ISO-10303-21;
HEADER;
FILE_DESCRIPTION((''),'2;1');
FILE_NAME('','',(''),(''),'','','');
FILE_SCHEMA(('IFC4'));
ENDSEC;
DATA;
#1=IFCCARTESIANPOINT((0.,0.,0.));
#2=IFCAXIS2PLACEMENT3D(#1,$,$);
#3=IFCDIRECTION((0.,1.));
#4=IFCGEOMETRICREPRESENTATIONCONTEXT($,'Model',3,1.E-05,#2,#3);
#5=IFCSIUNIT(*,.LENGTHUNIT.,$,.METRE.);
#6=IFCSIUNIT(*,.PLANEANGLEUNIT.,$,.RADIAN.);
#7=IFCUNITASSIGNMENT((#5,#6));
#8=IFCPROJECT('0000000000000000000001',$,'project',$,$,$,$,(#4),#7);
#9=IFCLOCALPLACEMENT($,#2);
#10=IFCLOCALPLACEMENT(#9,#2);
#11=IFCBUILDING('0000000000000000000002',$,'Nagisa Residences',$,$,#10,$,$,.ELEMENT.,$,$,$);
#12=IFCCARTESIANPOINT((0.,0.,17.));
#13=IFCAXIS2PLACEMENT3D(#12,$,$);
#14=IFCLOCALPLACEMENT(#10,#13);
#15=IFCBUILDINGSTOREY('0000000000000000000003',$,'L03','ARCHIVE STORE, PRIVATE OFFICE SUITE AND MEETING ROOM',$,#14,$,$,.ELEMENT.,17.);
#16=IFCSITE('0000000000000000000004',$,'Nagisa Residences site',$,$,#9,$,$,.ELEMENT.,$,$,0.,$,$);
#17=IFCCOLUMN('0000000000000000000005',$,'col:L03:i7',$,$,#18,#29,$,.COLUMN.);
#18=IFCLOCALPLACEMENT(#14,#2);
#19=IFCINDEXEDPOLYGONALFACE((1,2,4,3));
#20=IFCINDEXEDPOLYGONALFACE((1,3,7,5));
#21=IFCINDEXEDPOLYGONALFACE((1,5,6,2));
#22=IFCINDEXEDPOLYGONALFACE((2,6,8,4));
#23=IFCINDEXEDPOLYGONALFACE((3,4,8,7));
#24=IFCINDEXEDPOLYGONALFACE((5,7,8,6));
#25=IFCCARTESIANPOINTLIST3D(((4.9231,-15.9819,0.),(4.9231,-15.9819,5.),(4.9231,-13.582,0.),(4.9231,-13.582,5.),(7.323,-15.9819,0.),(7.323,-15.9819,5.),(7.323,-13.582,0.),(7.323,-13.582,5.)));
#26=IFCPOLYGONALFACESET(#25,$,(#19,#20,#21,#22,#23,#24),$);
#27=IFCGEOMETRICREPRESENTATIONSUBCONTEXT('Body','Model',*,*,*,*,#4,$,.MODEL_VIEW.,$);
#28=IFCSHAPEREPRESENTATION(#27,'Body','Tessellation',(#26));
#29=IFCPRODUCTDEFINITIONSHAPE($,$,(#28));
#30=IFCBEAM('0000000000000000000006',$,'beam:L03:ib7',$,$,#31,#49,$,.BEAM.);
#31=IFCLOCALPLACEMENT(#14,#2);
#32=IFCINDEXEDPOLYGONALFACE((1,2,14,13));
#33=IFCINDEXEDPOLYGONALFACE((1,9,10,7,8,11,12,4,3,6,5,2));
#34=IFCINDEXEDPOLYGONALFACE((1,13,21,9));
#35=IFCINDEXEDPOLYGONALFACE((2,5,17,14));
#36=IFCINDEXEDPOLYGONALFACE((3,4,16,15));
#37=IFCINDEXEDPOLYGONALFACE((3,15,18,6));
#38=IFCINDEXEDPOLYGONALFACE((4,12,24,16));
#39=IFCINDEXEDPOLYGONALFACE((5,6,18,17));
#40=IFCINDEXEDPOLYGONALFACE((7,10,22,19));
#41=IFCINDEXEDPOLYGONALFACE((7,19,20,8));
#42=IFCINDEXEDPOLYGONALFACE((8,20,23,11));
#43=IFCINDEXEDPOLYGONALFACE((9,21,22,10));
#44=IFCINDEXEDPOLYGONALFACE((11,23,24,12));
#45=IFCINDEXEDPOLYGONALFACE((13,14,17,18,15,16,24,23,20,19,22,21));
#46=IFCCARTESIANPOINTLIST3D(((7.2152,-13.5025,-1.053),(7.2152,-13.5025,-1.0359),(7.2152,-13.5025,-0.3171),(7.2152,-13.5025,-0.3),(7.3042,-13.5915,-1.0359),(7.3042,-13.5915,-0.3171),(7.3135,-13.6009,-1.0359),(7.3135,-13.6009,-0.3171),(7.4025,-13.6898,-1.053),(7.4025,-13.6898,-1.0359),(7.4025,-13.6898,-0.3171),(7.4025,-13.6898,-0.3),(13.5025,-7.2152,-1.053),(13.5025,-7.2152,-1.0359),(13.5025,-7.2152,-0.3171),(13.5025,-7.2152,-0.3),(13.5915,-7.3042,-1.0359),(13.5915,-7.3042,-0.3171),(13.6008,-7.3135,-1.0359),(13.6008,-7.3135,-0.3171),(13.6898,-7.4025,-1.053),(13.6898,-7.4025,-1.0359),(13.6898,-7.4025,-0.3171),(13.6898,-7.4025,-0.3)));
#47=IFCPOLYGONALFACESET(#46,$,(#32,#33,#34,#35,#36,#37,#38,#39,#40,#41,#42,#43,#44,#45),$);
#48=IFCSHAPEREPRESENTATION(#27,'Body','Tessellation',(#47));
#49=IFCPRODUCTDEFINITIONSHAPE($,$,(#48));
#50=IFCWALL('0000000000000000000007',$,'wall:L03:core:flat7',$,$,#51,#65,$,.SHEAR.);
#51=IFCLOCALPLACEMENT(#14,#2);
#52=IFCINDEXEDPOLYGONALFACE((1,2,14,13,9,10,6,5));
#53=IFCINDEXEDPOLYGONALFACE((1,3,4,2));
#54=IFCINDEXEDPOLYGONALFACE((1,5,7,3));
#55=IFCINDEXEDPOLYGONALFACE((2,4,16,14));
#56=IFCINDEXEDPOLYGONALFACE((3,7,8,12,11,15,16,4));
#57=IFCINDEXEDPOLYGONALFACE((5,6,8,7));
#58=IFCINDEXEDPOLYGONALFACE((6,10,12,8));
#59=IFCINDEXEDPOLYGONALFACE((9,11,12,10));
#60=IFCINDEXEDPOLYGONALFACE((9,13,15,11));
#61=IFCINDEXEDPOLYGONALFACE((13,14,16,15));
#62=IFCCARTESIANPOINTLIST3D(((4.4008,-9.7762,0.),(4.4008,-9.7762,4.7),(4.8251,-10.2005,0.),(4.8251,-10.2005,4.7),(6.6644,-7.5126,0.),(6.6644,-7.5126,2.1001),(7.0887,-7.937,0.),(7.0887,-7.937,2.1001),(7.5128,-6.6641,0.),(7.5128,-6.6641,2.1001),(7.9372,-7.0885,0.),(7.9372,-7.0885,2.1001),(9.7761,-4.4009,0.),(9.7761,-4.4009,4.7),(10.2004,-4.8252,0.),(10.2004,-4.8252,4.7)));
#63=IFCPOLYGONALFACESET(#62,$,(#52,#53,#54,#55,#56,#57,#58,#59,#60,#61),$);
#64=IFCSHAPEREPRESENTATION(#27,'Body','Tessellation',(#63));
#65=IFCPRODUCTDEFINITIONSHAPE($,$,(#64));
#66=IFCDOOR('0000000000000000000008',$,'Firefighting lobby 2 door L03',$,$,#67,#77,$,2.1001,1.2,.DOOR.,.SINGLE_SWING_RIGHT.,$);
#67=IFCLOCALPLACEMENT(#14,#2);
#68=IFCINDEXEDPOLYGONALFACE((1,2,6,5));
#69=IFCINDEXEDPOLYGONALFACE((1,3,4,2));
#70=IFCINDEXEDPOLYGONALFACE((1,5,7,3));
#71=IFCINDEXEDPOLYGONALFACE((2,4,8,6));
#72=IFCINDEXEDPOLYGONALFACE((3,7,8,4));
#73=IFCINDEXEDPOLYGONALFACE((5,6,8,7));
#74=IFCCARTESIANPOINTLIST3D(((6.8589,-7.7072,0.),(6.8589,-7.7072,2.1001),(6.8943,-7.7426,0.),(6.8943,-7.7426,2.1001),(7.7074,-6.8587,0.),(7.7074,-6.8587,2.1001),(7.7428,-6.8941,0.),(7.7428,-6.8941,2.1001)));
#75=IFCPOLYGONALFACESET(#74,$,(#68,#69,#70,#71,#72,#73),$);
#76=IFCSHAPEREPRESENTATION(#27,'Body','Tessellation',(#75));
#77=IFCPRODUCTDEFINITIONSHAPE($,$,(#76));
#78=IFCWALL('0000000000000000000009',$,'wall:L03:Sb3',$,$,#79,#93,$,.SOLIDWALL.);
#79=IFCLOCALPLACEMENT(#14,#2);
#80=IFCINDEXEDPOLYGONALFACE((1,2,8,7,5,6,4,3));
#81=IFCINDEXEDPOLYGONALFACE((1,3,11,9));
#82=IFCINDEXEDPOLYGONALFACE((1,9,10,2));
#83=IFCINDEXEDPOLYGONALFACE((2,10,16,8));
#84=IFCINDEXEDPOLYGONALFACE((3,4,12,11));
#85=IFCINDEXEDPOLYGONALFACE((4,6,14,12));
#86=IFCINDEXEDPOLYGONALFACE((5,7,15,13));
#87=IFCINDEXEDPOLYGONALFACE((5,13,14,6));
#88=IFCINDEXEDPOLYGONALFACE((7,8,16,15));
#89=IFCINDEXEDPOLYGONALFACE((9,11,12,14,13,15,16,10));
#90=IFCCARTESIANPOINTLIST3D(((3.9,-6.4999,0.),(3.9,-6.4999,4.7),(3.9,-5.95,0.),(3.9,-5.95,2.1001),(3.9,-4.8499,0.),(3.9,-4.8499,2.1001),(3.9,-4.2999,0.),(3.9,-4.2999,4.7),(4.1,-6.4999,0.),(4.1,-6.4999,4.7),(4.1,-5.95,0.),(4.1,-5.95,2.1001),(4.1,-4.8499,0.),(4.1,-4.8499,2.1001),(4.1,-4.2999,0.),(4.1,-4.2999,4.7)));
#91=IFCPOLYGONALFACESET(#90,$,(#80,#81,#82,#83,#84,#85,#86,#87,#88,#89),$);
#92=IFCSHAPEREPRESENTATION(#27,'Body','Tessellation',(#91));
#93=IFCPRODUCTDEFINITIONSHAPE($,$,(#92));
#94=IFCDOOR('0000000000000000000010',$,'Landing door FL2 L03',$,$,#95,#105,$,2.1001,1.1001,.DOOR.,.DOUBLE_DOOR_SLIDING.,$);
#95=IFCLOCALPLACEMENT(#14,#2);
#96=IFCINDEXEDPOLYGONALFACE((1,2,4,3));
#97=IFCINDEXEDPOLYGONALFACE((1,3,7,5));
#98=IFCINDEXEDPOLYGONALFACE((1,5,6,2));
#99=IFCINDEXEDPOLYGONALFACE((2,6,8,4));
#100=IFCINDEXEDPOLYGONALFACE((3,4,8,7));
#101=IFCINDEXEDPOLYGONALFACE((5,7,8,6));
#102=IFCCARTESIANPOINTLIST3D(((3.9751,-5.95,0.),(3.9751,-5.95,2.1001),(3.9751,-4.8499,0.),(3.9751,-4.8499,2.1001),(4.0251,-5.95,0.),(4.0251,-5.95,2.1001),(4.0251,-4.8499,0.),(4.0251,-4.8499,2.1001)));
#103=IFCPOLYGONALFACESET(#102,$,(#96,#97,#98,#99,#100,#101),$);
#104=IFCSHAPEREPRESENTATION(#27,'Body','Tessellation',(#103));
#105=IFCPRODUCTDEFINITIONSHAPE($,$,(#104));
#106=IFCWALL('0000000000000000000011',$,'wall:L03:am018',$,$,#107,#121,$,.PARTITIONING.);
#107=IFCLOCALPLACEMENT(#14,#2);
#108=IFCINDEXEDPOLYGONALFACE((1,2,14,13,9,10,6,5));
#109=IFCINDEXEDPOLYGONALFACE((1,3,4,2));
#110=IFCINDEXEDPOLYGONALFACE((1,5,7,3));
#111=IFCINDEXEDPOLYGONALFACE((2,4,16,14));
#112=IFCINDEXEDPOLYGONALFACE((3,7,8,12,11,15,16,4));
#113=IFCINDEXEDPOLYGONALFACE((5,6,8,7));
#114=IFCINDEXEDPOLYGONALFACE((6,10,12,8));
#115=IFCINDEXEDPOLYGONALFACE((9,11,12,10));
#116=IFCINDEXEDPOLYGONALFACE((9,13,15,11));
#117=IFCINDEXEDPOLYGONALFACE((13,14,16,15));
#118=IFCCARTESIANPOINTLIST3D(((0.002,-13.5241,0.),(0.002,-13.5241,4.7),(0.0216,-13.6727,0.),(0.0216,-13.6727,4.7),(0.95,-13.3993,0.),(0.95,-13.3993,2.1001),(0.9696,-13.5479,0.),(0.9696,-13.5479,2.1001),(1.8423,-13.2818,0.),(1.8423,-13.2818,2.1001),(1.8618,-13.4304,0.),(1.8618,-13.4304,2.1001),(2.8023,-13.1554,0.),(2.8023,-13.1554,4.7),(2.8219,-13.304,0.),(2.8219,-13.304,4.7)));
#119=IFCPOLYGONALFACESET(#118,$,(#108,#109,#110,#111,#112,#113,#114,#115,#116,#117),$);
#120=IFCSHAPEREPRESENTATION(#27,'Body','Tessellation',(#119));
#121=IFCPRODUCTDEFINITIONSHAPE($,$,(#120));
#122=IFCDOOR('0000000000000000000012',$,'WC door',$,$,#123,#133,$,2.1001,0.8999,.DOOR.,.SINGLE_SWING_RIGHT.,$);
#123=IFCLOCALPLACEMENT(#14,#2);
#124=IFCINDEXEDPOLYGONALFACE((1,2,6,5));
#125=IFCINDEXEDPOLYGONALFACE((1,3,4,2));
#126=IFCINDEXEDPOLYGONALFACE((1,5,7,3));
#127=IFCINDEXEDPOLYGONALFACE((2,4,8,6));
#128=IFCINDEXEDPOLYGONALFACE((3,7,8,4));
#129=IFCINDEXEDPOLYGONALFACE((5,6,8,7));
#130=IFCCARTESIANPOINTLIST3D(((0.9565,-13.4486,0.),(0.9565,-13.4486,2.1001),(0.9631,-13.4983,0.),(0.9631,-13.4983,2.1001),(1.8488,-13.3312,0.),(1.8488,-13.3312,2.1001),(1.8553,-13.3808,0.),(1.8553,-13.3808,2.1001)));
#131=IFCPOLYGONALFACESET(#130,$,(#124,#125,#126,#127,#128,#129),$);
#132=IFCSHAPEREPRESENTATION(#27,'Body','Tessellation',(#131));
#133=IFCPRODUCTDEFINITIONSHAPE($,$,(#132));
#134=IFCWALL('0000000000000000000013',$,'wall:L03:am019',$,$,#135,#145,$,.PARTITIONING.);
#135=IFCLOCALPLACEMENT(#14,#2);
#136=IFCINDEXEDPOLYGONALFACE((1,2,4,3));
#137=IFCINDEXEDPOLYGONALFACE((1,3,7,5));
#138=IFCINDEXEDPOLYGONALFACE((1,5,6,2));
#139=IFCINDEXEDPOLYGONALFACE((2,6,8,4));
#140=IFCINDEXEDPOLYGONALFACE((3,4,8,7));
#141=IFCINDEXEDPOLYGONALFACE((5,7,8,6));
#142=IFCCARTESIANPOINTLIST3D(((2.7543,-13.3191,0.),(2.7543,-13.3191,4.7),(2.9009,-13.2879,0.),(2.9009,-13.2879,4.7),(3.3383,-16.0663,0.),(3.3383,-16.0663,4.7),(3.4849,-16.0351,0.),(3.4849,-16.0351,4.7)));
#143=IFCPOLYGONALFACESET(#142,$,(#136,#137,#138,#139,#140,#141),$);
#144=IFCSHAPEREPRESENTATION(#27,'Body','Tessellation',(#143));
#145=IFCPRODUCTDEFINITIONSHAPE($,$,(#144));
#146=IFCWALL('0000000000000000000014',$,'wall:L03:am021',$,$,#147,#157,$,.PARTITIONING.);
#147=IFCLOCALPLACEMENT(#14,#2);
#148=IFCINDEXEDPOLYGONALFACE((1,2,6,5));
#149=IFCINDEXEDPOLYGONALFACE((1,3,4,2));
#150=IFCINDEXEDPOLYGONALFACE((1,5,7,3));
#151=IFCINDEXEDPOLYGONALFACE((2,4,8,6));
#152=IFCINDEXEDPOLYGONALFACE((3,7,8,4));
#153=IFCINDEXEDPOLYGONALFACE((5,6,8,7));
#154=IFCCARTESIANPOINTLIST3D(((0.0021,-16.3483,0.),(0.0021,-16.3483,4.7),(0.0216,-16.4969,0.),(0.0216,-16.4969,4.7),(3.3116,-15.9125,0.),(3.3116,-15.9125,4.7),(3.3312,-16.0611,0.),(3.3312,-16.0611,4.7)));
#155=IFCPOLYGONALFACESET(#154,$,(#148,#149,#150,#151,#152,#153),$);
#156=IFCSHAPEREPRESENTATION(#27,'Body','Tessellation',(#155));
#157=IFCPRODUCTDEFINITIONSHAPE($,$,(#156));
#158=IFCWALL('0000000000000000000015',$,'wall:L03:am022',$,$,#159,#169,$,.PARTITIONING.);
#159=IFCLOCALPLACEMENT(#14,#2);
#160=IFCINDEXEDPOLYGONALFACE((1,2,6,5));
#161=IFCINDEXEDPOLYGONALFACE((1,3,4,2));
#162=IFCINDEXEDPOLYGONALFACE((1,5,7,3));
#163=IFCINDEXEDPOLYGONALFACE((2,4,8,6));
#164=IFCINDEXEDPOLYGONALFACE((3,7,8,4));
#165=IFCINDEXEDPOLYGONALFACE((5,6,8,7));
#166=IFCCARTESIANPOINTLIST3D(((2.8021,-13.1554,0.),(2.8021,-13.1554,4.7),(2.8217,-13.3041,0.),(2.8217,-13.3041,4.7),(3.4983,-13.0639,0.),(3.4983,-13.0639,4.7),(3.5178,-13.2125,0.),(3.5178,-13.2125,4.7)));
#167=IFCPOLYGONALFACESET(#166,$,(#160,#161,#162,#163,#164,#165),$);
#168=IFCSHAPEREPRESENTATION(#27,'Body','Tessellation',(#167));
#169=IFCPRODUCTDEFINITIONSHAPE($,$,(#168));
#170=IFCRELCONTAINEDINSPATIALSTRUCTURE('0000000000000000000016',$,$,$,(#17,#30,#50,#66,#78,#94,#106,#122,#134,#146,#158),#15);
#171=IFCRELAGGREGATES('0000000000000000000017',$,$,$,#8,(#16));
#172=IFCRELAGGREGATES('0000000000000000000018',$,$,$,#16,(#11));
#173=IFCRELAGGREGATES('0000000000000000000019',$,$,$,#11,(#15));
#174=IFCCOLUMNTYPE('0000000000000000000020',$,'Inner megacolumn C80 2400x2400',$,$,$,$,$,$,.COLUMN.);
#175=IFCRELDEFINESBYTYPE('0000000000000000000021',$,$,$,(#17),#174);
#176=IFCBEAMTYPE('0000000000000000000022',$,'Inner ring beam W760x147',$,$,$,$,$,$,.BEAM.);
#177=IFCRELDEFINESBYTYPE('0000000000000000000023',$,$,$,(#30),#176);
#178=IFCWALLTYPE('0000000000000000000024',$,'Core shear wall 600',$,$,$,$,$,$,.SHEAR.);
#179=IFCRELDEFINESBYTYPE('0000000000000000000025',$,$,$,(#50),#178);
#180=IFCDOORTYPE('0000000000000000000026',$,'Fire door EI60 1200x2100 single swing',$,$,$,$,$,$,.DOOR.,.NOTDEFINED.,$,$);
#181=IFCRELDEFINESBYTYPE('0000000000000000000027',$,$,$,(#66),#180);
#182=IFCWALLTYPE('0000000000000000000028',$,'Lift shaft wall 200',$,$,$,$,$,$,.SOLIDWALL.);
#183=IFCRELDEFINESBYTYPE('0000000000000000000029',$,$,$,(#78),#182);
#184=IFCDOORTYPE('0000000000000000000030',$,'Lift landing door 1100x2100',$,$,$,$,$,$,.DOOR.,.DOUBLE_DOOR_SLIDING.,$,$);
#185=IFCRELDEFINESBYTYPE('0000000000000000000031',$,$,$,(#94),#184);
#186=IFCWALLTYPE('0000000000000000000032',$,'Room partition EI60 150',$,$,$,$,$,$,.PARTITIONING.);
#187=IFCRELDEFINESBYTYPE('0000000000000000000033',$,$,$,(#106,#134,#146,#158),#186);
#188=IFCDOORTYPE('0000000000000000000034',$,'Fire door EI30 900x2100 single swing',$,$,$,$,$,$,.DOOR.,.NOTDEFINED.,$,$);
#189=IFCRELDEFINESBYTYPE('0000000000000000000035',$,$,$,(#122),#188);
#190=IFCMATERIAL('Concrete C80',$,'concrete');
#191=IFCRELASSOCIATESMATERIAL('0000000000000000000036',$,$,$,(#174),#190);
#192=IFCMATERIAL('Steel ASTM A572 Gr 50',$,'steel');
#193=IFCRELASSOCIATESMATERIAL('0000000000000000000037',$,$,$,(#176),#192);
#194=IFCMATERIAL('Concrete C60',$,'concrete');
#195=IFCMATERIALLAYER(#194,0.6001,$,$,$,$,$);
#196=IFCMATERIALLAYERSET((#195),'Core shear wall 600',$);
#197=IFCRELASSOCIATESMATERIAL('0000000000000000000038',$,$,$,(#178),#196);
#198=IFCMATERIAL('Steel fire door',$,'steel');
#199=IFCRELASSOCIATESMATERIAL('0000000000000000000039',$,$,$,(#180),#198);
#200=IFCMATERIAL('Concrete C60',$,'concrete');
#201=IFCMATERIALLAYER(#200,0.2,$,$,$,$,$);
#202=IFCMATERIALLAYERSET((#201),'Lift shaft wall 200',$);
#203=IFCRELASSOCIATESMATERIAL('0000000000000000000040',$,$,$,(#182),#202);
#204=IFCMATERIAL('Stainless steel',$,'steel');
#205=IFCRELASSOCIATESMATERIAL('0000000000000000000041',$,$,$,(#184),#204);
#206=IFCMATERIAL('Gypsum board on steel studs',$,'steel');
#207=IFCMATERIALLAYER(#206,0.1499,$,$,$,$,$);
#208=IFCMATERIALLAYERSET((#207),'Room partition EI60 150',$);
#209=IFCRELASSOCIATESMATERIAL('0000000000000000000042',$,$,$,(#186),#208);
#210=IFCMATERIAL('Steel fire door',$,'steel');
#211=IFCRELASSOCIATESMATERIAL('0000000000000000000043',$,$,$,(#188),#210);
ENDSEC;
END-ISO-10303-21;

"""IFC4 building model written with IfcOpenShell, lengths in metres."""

from ifc_helpers import new_model, si_unit, direction, frame, frame_2d, origin, origin_2d, place, context, subcontext, project, spatial, rectangle, i_section, extrude, material, layer, layer_set, material_profile, profile_set, type_object, element, fill, save


model = new_model("IFC4")

# Units and contexts
model_context = context("Model", 3, precision=1e-05, world=origin(), true_north=direction((0.0, 1.0)))
body_context = subcontext(model_context, "Body", "Model", "MODEL_VIEW")
ifc_project = project(units=[si_unit("LENGTHUNIT", "METRE"), si_unit("PLANEANGLEUNIT", "RADIAN")], contexts=[model_context])

# Site, building, storey
site_placement = place(None, origin())
site = spatial("IfcSite", under=ifc_project, at=site_placement, Name="Nagisa Residences site", CompositionType="ELEMENT", RefElevation=0.0)
building_placement = place(site_placement, origin())
building = spatial("IfcBuilding", under=site, at=building_placement, Name="Nagisa Residences", CompositionType="ELEMENT")
storey_placement = place(building_placement, frame((0.0, 0.0, 17.0)))
storey = spatial("IfcBuildingStorey", under=building, at=storey_placement, Name="L03", Description="ARCHIVE STORE, PRIVATE OFFICE SUITE AND MEETING ROOM", CompositionType="ELEMENT", Elevation=17.0)

# Column
ifc_material_1 = material(Name="Concrete C80", Category="concrete")
ifc_material_profile_1 = material_profile(ifc_material_1, rectangle(XDim=2.3999, YDim=2.3999, at=origin_2d()), Name="C80 2400x2400")
ifc_profile_set_1 = profile_set([ifc_material_profile_1], Name="Concrete C80")
column_type = type_object("IfcColumnType", Name="Inner megacolumn C80 2400x2400", PredefinedType="COLUMN", material=ifc_profile_set_1)
column_placement = place(storey_placement, frame((6.123, -14.782, 0.0), z_axis=(0.0, 0.0, 1.0), x_axis=(1.0, 0.0, 0.0)))
element("IfcColumn", 1, at=column_placement, inside=storey, type_object=column_type, Name="col:L03:i7", PredefinedType="COLUMN", context=body_context, shape_type="SweptSolid", body=[
    extrude(rectangle(XDim=2.3999, YDim=2.3999, at=origin_2d()), origin(), (0.0, 0.0, 1.0), 5.0),
])

# Beam
ifc_material_2 = material(Name="Steel ASTM A572 Gr 50", Category="steel")
ifc_material_profile_2 = material_profile(ifc_material_2, i_section(OverallWidth=0.2649, OverallDepth=0.7529, WebThickness=0.0132, FlangeThickness=0.0171, at=origin_2d()), Name="W760x147")
ifc_profile_set_2 = profile_set([ifc_material_profile_2], Name="Steel ASTM A572 Gr 50")
beam_type = type_object("IfcBeamType", Name="Inner ring beam W760x147", PredefinedType="BEAM", material=ifc_profile_set_2)
beam_placement = place(storey_placement, frame((7.3088, -13.5962, -0.6765), z_axis=(0.707107, 0.707107, 0.0), x_axis=(-0.707107, 0.707107, 0.0)))
element("IfcBeam", 2, at=beam_placement, inside=storey, type_object=beam_type, Name="beam:L03:ib7", PredefinedType="BEAM", context=body_context, shape_type="SweptSolid", body=[
    extrude(i_section(OverallWidth=0.2649, OverallDepth=0.7529, WebThickness=0.0132, FlangeThickness=0.0171, at=origin_2d()), origin(), (0.0, 0.0, 1.0), 8.8916),
])

# Walls, openings, doors
ifc_material_3 = material(Name="Concrete C60", Category="concrete")
ifc_layer_1 = layer(ifc_material_3, 0.6001)
ifc_layer_set_1 = layer_set([ifc_layer_1], Name="Core shear wall 600")
wall_type_1 = type_object("IfcWallType", Name="Core shear wall 600", PredefinedType="SHEAR", material=ifc_layer_set_1)
wall_1_placement = place(storey_placement, frame((4.613, -9.9883, 0.0), z_axis=(0.0, 0.0, 1.0), x_axis=(0.707107, 0.707107, 0.0)))
wall_1 = element("IfcWall", 3, at=wall_1_placement, inside=storey, type_object=wall_type_1, Name="wall:L03:core:flat7", PredefinedType="SHEAR", context=body_context, shape_type="SweptSolid", body=[
    extrude(rectangle(XDim=7.6018, YDim=0.6001, at=frame_2d((3.8008, 0.0))), origin(), (0.0, 0.0, 1.0), 4.7),
])
opening_1_placement = place(wall_1_placement, frame((3.2009, 0.0, 0.0)))
opening_1 = element("IfcOpeningElement", 4, at=opening_1_placement, cuts=wall_1, PredefinedType="OPENING", context=body_context, shape_type="SweptSolid", body=[
    extrude(rectangle(XDim=1.2, YDim=2.1001, at=frame_2d((0.6001, 1.05))), frame((0.0, 0.3101, 0.0), z_axis=(0.0, -1.0, 0.0), x_axis=(1.0, 0.0, 0.0)), (0.0, 0.0, 1.0), 0.6201),
])
ifc_material_4 = material(Name="Steel fire door", Category="steel")
door_type_1 = type_object("IfcDoorType", Name="Fire door EI60 1200x2100 single swing", OperationType="NOTDEFINED", PredefinedType="DOOR", material=ifc_material_4)
door_1_placement = place(opening_1_placement, origin())
door_1 = element("IfcDoor", 5, at=door_1_placement, inside=storey, type_object=door_type_1, Name="Firefighting lobby 2 door L03", OperationType="SINGLE_SWING_RIGHT", OverallHeight=2.1001, OverallWidth=1.2, PredefinedType="DOOR", context=body_context, shape_type="SweptSolid", body=[
    extrude(rectangle(XDim=1.2, YDim=2.1001, at=frame_2d((0.6001, 1.05))), frame((0.0, 0.0249, 0.0), z_axis=(0.0, -1.0, 0.0), x_axis=(1.0, 0.0, 0.0)), (0.0, 0.0, 1.0), 0.05),
])
fill(opening_1, door_1)
ifc_material_5 = material(Name="Concrete C60", Category="concrete")
ifc_layer_2 = layer(ifc_material_5, 0.2)
ifc_layer_set_2 = layer_set([ifc_layer_2], Name="Lift shaft wall 200")
wall_type_2 = type_object("IfcWallType", Name="Lift shaft wall 200", PredefinedType="SOLIDWALL", material=ifc_layer_set_2)
wall_2_placement = place(storey_placement, frame((4.0, -6.5, 0.0), z_axis=(0.0, 0.0, 1.0), x_axis=(0.0, 1.0, 0.0)))
wall_2 = element("IfcWall", 6, at=wall_2_placement, inside=storey, type_object=wall_type_2, Name="wall:L03:Sb3", PredefinedType="SOLIDWALL", context=body_context, shape_type="SweptSolid", body=[
    extrude(rectangle(XDim=2.2, YDim=0.2, at=frame_2d((1.1001, 0.0))), origin(), (0.0, 0.0, 1.0), 4.7),
])
opening_2_placement = place(wall_2_placement, frame((0.55, 0.0, 0.0)))
opening_2 = element("IfcOpeningElement", 7, at=opening_2_placement, cuts=wall_2, PredefinedType="OPENING", context=body_context, shape_type="SweptSolid", body=[
    extrude(rectangle(XDim=1.1001, YDim=2.1001, at=frame_2d((0.55, 1.05))), frame((0.0, 0.1099, 0.0), z_axis=(0.0, -1.0, 0.0), x_axis=(1.0, 0.0, 0.0)), (0.0, 0.0, 1.0), 0.22),
])
ifc_material_6 = material(Name="Stainless steel", Category="steel")
door_type_2 = type_object("IfcDoorType", Name="Lift landing door 1100x2100", OperationType="DOUBLE_DOOR_SLIDING", PredefinedType="DOOR", material=ifc_material_6)
door_2_placement = place(opening_2_placement, origin())
door_2 = element("IfcDoor", 8, at=door_2_placement, inside=storey, type_object=door_type_2, Name="Landing door FL2 L03", OperationType="DOUBLE_DOOR_SLIDING", OverallHeight=2.1001, OverallWidth=1.1001, PredefinedType="DOOR", context=body_context, shape_type="SweptSolid", body=[
    extrude(rectangle(XDim=1.1001, YDim=2.1001, at=frame_2d((0.55, 1.05))), frame((0.0, 0.0249, 0.0), z_axis=(0.0, -1.0, 0.0), x_axis=(1.0, 0.0, 0.0)), (0.0, 0.0, 1.0), 0.05),
])
fill(opening_2, door_2)
ifc_material_7 = material(Name="Gypsum board on steel studs", Category="steel")
ifc_layer_3 = layer(ifc_material_7, 0.1499)
ifc_layer_set_3 = layer_set([ifc_layer_3], Name="Room partition EI60 150")
wall_type_3 = type_object("IfcWallType", Name="Room partition EI60 150", PredefinedType="PARTITIONING", material=ifc_layer_set_3)
wall_3_placement = place(storey_placement, frame((2.812, -13.2297, 0.0), z_axis=(0.0, 0.0, 1.0), x_axis=(-0.991445, -0.130522, 0.0)))
wall_3 = element("IfcWall", 9, at=wall_3_placement, inside=storey, type_object=wall_type_3, Name="wall:L03:am018", PredefinedType="PARTITIONING", context=body_context, shape_type="SweptSolid", body=[
    extrude(rectangle(XDim=2.8245, YDim=0.1499, at=frame_2d((1.4121, 0.0))), origin(), (0.0, 0.0, 1.0), 4.7),
])
opening_3_placement = place(wall_3_placement, frame((0.9683, 0.0, 0.0)))
opening_3 = element("IfcOpeningElement", 10, at=opening_3_placement, cuts=wall_3, PredefinedType="OPENING", context=body_context, shape_type="SweptSolid", body=[
    extrude(rectangle(XDim=0.8999, YDim=2.1001, at=frame_2d((0.45, 1.05))), frame((0.0, 0.085, 0.0), z_axis=(0.0, -1.0, 0.0), x_axis=(1.0, 0.0, 0.0)), (0.0, 0.0, 1.0), 0.1699),
])
ifc_material_8 = material(Name="Steel fire door", Category="steel")
door_type_3 = type_object("IfcDoorType", Name="Fire door EI30 900x2100 single swing", OperationType="NOTDEFINED", PredefinedType="DOOR", material=ifc_material_8)
door_3_placement = place(opening_3_placement, origin())
door_3 = element("IfcDoor", 11, at=door_3_placement, inside=storey, type_object=door_type_3, Name="WC door", OperationType="SINGLE_SWING_RIGHT", OverallHeight=2.1001, OverallWidth=0.8999, PredefinedType="DOOR", context=body_context, shape_type="SweptSolid", body=[
    extrude(rectangle(XDim=0.8999, YDim=2.1001, at=frame_2d((0.45, 1.05))), frame((0.0, 0.0249, 0.0), z_axis=(0.0, -1.0, 0.0), x_axis=(1.0, 0.0, 0.0)), (0.0, 0.0, 1.0), 0.05),
])
fill(opening_3, door_3)

# Walls
wall_4_placement = place(storey_placement, frame((2.8276, -13.3035, 0.0), z_axis=(0.0, 0.0, 1.0), x_axis=(0.20792, -0.978146, 0.0)))
element("IfcWall", 12, at=wall_4_placement, inside=storey, type_object=wall_type_3, Name="wall:L03:am019", PredefinedType="PARTITIONING", context=body_context, shape_type="SweptSolid", body=[
    extrude(rectangle(XDim=2.8086, YDim=0.1499, at=frame_2d((1.4043, 0.0))), origin(), (0.0, 0.0, 1.0), 4.7),
])
wall_5_placement = place(storey_placement, frame((3.3213, -15.9868, 0.0), z_axis=(0.0, 0.0, 1.0), x_axis=(-0.991442, -0.130549, 0.0)))
element("IfcWall", 13, at=wall_5_placement, inside=storey, type_object=wall_type_3, Name="wall:L03:am021", PredefinedType="PARTITIONING", context=body_context, shape_type="SweptSolid", body=[
    extrude(rectangle(XDim=3.3381, YDim=0.1499, at=frame_2d((1.6689, 0.0))), origin(), (0.0, 0.0, 1.0), 4.7),
])
wall_6_placement = place(storey_placement, frame((3.5081, -13.1382, 0.0), z_axis=(0.0, 0.0, 1.0), x_axis=(-0.99146, -0.13041, 0.0)))
element("IfcWall", 14, at=wall_6_placement, inside=storey, type_object=wall_type_3, Name="wall:L03:am022", PredefinedType="PARTITIONING", context=body_context, shape_type="SweptSolid", body=[
    extrude(rectangle(XDim=0.7021, YDim=0.1499, at=frame_2d((0.3511, 0.0))), origin(), (0.0, 0.0, 1.0), 4.7),
])

save(model, "model.ifc")
